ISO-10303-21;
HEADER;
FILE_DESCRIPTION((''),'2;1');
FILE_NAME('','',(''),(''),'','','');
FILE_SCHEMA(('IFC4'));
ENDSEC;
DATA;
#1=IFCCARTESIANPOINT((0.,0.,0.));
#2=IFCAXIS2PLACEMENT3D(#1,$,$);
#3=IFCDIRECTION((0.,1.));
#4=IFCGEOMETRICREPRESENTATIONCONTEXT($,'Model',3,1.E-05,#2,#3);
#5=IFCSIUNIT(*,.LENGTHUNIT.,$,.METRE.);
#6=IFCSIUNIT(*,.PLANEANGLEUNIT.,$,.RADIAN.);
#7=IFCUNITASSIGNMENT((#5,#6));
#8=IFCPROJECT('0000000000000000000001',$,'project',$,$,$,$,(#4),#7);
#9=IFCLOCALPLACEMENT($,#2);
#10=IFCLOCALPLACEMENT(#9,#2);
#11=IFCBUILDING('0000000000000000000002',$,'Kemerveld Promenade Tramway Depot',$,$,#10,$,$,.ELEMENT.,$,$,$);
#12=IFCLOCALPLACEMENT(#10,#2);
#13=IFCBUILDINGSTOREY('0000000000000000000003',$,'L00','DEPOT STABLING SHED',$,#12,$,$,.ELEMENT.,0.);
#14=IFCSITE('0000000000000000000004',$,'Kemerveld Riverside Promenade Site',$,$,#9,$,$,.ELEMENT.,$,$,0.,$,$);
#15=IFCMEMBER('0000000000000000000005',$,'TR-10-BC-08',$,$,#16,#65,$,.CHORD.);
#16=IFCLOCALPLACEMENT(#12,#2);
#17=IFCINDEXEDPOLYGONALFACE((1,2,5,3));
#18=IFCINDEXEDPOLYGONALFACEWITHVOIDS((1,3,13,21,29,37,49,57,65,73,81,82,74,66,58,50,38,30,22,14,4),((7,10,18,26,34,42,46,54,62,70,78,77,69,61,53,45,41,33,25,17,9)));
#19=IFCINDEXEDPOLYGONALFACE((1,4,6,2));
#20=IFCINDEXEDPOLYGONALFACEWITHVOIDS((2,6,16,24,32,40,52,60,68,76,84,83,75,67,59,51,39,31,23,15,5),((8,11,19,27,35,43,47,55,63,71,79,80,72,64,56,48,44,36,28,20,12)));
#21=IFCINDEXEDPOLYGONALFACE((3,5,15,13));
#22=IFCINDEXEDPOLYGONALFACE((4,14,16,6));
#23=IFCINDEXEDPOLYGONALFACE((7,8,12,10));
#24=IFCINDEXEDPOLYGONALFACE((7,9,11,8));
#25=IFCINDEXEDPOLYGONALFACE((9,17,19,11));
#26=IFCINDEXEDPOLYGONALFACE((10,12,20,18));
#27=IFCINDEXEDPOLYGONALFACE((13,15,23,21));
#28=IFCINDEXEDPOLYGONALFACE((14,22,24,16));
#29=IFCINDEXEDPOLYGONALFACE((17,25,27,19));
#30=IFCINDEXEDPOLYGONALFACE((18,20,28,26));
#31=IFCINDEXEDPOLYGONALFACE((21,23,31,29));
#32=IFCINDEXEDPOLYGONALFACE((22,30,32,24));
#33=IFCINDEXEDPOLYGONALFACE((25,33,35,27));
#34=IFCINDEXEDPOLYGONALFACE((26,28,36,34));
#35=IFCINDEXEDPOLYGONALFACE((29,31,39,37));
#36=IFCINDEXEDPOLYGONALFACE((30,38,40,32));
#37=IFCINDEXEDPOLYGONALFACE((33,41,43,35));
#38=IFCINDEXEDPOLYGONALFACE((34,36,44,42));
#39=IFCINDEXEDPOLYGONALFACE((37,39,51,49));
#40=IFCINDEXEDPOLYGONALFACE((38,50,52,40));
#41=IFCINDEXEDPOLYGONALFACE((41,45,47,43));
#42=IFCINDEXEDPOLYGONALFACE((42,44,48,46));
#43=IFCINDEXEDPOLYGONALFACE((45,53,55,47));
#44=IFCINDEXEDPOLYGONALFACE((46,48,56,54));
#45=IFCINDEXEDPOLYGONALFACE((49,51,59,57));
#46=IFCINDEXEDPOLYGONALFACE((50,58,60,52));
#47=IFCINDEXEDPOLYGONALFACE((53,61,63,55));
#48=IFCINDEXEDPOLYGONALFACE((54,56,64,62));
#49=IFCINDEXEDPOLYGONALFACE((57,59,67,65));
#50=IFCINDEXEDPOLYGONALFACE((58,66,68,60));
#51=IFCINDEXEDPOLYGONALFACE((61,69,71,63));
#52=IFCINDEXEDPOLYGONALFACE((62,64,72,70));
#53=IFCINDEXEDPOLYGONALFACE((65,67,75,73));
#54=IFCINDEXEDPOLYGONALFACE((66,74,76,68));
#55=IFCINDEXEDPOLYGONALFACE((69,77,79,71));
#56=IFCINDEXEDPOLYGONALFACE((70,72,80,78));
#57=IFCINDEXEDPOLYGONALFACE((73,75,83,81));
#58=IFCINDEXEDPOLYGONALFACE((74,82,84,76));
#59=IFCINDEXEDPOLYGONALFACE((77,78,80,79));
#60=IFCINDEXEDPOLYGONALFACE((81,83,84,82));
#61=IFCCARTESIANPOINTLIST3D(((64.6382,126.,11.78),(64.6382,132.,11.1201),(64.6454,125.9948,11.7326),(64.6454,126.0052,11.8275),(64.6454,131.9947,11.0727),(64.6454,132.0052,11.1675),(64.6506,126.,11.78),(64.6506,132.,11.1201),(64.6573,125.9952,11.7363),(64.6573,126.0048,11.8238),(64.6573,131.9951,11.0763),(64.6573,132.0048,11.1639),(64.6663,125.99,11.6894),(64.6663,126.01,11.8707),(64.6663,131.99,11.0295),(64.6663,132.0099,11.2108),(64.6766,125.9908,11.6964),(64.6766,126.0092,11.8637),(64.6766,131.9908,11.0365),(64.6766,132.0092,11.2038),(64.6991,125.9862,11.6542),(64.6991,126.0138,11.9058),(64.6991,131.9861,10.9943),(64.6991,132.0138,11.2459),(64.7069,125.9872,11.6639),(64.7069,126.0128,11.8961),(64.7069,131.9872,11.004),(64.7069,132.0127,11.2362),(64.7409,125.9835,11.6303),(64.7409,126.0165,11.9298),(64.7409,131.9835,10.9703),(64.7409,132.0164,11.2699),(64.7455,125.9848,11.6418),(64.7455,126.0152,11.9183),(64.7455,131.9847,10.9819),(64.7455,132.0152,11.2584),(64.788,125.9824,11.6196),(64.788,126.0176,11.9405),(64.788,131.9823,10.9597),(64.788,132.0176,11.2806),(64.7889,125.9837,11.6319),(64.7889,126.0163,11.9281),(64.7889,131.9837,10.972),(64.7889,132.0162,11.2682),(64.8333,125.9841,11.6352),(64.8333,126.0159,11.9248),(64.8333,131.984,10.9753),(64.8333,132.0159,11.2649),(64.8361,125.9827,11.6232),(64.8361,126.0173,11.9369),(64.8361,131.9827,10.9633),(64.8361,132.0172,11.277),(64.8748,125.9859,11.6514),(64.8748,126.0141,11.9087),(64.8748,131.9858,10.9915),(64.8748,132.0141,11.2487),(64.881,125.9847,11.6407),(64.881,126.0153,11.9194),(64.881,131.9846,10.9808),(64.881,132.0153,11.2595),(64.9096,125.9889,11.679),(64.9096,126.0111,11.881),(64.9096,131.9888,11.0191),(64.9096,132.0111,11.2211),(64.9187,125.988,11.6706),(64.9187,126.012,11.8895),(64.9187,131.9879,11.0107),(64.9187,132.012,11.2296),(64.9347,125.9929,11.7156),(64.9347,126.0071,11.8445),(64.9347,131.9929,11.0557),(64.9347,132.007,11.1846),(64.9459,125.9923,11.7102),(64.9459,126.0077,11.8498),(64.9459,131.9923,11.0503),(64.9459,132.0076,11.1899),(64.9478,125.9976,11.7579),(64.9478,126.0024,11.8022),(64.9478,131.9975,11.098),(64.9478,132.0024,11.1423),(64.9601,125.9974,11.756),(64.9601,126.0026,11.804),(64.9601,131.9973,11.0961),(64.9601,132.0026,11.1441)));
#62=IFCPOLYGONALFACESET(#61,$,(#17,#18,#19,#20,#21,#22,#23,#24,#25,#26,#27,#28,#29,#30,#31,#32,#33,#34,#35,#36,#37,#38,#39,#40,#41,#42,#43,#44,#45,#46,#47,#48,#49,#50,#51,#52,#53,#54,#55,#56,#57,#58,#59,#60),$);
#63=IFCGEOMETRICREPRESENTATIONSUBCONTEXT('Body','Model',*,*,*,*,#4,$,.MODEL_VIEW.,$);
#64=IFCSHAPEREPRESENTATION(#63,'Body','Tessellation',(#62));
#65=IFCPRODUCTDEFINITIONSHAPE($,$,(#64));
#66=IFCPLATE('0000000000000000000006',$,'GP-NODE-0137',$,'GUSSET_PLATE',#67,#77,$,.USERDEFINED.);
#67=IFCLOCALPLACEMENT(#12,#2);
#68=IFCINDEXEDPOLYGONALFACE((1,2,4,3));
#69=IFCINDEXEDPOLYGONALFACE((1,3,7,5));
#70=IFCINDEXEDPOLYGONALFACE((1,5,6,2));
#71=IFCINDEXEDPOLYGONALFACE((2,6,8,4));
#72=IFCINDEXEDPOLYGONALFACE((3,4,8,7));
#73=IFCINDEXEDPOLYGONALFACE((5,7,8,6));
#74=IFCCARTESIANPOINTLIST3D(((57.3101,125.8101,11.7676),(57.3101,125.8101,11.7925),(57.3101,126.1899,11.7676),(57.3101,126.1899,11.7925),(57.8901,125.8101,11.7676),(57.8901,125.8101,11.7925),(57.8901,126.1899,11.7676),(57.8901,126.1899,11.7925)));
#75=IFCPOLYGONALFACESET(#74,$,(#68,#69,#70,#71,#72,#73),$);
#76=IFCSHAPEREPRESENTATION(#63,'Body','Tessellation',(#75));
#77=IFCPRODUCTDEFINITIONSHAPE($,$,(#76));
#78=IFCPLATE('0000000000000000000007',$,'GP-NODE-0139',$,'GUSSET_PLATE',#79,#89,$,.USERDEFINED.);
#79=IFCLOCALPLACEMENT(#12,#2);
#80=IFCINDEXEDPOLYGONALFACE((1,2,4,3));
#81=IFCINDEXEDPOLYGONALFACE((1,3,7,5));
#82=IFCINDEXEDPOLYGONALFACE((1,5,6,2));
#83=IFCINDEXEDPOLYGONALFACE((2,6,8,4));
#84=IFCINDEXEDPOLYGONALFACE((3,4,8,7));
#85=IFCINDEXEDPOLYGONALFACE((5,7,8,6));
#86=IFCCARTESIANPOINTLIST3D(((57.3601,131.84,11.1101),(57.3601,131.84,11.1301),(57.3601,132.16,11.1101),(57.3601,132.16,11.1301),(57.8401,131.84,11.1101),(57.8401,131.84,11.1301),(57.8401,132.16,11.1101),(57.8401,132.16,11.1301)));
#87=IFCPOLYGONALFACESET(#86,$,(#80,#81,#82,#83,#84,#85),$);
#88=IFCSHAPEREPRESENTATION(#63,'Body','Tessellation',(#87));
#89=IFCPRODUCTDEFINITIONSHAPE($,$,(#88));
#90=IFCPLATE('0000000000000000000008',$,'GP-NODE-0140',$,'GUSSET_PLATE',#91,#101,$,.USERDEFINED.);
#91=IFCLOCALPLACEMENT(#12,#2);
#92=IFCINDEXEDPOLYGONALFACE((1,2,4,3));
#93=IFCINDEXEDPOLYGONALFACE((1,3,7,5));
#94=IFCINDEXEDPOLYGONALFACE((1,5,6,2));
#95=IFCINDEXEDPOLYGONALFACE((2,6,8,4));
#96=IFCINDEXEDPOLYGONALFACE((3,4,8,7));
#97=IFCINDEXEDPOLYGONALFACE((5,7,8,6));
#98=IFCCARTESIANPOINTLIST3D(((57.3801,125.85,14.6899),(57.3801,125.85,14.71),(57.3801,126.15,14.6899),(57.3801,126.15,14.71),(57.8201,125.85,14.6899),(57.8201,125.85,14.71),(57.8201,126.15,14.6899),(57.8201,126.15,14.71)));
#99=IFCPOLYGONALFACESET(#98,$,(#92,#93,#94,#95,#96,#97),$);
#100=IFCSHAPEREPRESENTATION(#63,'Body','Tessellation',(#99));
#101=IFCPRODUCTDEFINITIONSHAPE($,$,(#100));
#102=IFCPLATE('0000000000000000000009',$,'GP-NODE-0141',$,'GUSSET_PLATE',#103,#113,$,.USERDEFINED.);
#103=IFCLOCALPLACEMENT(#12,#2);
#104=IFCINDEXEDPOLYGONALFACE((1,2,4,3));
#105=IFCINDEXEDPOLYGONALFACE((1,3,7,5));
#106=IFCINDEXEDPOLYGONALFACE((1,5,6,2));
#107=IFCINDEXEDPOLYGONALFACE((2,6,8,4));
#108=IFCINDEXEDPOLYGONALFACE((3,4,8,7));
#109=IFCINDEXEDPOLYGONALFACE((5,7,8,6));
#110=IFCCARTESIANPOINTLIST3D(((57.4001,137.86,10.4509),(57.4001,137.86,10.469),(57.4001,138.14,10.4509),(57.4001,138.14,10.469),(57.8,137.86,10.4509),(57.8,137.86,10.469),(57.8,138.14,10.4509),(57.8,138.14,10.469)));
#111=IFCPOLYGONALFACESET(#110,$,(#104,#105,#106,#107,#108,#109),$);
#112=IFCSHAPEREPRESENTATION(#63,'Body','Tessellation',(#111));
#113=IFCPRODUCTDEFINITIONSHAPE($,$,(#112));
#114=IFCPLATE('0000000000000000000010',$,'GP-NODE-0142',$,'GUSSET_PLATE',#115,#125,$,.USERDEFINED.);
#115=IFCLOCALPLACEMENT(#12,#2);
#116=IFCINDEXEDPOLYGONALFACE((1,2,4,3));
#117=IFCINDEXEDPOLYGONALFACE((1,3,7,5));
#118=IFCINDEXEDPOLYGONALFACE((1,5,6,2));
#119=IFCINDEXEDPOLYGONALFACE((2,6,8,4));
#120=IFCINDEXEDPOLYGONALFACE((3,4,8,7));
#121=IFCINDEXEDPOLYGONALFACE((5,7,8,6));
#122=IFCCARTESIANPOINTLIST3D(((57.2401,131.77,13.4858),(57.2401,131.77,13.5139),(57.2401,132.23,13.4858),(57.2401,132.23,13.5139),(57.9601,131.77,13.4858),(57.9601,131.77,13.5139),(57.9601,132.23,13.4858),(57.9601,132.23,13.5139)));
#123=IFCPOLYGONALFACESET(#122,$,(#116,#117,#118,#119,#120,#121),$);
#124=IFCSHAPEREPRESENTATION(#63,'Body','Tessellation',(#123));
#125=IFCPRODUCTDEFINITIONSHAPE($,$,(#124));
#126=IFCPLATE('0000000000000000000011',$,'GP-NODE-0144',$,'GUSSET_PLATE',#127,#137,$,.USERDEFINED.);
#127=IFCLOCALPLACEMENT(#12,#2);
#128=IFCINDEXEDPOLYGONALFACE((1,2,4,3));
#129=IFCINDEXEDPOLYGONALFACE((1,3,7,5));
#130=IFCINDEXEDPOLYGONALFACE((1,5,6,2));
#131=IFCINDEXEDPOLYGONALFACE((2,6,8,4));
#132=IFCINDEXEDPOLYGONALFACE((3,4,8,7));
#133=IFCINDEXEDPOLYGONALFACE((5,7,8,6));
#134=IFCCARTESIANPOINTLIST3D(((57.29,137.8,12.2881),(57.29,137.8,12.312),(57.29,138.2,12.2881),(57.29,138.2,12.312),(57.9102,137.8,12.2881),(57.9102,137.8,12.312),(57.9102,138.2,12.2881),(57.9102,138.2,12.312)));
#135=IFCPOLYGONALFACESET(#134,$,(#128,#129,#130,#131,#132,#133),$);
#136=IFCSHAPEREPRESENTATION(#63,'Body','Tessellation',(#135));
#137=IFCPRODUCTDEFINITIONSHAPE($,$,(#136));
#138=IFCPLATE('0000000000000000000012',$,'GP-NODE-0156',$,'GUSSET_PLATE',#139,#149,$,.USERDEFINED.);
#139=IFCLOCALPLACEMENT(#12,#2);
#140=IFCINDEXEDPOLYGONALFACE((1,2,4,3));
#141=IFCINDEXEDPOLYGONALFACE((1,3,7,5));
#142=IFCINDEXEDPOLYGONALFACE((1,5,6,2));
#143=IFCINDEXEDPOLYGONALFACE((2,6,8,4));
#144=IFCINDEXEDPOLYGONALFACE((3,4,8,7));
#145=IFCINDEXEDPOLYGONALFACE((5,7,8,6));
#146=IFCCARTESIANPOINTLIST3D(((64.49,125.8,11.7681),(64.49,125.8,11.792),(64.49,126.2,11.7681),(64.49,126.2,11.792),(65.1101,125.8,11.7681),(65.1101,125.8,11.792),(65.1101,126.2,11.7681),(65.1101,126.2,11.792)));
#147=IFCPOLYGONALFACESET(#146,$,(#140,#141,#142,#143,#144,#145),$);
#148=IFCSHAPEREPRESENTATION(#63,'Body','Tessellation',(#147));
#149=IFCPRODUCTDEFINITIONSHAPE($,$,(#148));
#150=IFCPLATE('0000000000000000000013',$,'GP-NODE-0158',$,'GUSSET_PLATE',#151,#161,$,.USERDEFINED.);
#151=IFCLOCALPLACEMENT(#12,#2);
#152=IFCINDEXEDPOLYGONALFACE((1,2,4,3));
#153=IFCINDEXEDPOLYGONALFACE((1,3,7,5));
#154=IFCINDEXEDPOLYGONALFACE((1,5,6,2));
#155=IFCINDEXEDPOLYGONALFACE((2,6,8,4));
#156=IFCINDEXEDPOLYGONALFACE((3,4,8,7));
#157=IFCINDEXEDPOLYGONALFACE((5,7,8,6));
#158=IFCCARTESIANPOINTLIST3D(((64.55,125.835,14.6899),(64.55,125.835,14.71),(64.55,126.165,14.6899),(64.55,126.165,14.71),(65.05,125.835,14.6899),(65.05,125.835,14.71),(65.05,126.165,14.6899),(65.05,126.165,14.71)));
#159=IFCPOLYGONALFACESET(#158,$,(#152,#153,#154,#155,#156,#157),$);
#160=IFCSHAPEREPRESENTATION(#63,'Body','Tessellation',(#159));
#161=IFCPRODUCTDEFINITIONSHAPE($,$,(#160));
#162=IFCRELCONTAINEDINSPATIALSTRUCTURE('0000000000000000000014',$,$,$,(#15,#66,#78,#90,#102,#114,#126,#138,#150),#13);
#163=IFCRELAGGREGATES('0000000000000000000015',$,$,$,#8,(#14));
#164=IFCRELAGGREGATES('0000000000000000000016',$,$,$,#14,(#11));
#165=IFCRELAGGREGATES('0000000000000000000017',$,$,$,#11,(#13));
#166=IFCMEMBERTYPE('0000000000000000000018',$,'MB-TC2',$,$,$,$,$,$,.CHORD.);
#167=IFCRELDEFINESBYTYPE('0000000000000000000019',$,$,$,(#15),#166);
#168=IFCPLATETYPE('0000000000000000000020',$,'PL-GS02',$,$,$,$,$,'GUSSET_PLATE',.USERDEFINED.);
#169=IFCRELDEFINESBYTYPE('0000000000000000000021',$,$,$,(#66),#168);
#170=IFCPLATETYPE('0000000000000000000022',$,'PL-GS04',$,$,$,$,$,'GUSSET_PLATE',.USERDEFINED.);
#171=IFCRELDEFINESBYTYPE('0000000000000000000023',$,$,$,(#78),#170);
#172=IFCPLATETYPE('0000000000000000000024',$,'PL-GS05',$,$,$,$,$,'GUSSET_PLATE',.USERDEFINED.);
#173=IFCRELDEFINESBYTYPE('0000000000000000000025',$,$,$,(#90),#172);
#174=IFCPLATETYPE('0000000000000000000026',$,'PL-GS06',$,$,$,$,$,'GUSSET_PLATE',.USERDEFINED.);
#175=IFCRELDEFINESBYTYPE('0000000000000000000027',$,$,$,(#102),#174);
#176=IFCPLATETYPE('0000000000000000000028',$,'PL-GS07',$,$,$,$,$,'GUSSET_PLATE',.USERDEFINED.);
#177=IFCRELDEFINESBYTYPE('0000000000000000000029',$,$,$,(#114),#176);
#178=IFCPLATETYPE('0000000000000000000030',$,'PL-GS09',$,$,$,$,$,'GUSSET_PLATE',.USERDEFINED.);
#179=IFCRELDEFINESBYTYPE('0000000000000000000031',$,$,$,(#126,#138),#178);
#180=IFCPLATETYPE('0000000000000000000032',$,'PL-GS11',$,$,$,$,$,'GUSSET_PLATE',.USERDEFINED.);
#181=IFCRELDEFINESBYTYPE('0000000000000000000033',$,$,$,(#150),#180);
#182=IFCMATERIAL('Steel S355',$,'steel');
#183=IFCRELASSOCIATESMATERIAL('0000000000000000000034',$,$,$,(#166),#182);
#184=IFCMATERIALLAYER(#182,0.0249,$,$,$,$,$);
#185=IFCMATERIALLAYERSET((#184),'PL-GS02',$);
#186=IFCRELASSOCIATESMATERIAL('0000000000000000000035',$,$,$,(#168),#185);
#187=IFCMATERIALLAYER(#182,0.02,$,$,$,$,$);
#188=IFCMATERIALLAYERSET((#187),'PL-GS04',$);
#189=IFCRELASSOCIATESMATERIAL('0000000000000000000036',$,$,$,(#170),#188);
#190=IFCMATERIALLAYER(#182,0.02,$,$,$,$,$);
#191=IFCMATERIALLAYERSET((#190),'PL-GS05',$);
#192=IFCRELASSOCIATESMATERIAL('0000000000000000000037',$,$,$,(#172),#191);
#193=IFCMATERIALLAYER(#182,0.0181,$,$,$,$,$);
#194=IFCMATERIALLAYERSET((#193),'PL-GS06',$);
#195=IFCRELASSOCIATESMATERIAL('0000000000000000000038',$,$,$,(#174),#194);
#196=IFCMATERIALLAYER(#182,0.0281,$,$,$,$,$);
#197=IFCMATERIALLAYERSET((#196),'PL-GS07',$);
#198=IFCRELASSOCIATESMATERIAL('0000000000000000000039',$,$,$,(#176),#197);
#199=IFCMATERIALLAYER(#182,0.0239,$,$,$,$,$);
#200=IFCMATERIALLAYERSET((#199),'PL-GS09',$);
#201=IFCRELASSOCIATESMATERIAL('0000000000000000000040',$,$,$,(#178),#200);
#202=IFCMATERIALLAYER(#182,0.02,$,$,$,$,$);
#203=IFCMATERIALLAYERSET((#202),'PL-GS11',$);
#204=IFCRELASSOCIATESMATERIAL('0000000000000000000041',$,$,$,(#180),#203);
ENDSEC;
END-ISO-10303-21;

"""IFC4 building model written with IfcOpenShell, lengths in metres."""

from ifc_helpers import new_model, si_unit, direction, frame, origin, origin_2d, place, context, subcontext, project, spatial, rectangle, hollow_circle, extrude, material, layer, layer_set, material_profile, profile_set, type_object, element, save


model = new_model("IFC4")

# Units and contexts
model_context = context("Model", 3, precision=1e-05, world=origin(), true_north=direction((0.0, 1.0)))
body_context = subcontext(model_context, "Body", "Model", "MODEL_VIEW")
ifc_project = project(units=[si_unit("LENGTHUNIT", "METRE"), si_unit("PLANEANGLEUNIT", "RADIAN")], contexts=[model_context])

# Site, building, storey
site_placement = place(None, origin())
site = spatial("IfcSite", under=ifc_project, at=site_placement, Name="Kemerveld Riverside Promenade Site", CompositionType="ELEMENT", RefElevation=0.0)
building_placement = place(site_placement, origin())
building = spatial("IfcBuilding", under=site, at=building_placement, Name="Kemerveld Promenade Tramway Depot", CompositionType="ELEMENT")
storey_placement = place(building_placement, origin())
storey = spatial("IfcBuildingStorey", under=building, at=storey_placement, Name="L00", Description="DEPOT STABLING SHED", CompositionType="ELEMENT", Elevation=0.0)

# Member
ifc_material_1 = material(Name="Steel S355", Category="steel")
ifc_material_profile_1 = material_profile(ifc_material_1, hollow_circle(Radius=0.1619, WallThickness=0.0125, at=origin_2d()), Name="323.9x12.5 CHS")
ifc_profile_set_1 = profile_set([ifc_material_profile_1], Name="Steel S355")
member_type_1 = type_object("IfcMemberType", Name="MB-TC2", PredefinedType="CHORD", material=ifc_profile_set_1)
member_1_placement = place(storey_placement, frame((64.8, 126.0, 11.78), z_axis=(0.0, 0.994006, -0.109326), x_axis=(-1.0, 0.0, 0.0)))
element("IfcMember", 1, at=member_1_placement, inside=storey, type_object=member_type_1, Name="TR-10-BC-08", PredefinedType="CHORD", context=body_context, shape_type="SweptSolid", body=[
    extrude(hollow_circle(Radius=0.1619, WallThickness=0.0125, at=origin_2d()), origin(), (0.0, 0.0, 1.0), 6.0361),
])

# Plates
ifc_layer_1 = layer(ifc_material_1, 0.0249)
ifc_layer_set_1 = layer_set([ifc_layer_1], Name="PL-GS02")
plate_type_1 = type_object("IfcPlateType", Name="PL-GS02", ElementType="GUSSET_PLATE", PredefinedType="USERDEFINED", material=ifc_layer_set_1)
plate_1_placement = place(storey_placement, frame((57.6001, 126.0, 11.7676), z_axis=(0.0, 0.0, 1.0), x_axis=(1.0, 0.0, 0.0)))
element("IfcPlate", 2, at=plate_1_placement, inside=storey, type_object=plate_type_1, Name="GP-NODE-0137", ObjectType="GUSSET_PLATE", PredefinedType="USERDEFINED", context=body_context, shape_type="SweptSolid", body=[
    extrude(rectangle(XDim=0.5801, YDim=0.3799, at=origin_2d()), origin(), (0.0, 0.0, 1.0), 0.0249),
])
ifc_layer_2 = layer(ifc_material_1, 0.02)
ifc_layer_set_2 = layer_set([ifc_layer_2], Name="PL-GS04")
plate_type_2 = type_object("IfcPlateType", Name="PL-GS04", ElementType="GUSSET_PLATE", PredefinedType="USERDEFINED", material=ifc_layer_set_2)
plate_2_placement = place(storey_placement, frame((57.6001, 132.0, 11.1101), z_axis=(0.0, 0.0, 1.0), x_axis=(1.0, 0.0, 0.0)))
element("IfcPlate", 3, at=plate_2_placement, inside=storey, type_object=plate_type_2, Name="GP-NODE-0139", ObjectType="GUSSET_PLATE", PredefinedType="USERDEFINED", context=body_context, shape_type="SweptSolid", body=[
    extrude(rectangle(XDim=0.48, YDim=0.3201, at=origin_2d()), origin(), (0.0, 0.0, 1.0), 0.02),
])
ifc_layer_3 = layer(ifc_material_1, 0.02)
ifc_layer_set_3 = layer_set([ifc_layer_3], Name="PL-GS05")
plate_type_3 = type_object("IfcPlateType", Name="PL-GS05", ElementType="GUSSET_PLATE", PredefinedType="USERDEFINED", material=ifc_layer_set_3)
plate_3_placement = place(storey_placement, frame((57.6001, 126.0, 14.6899), z_axis=(0.0, 0.0, 1.0), x_axis=(1.0, 0.0, 0.0)))
element("IfcPlate", 4, at=plate_3_placement, inside=storey, type_object=plate_type_3, Name="GP-NODE-0140", ObjectType="GUSSET_PLATE", PredefinedType="USERDEFINED", context=body_context, shape_type="SweptSolid", body=[
    extrude(rectangle(XDim=0.4399, YDim=0.3, at=origin_2d()), origin(), (0.0, 0.0, 1.0), 0.02),
])
ifc_layer_4 = layer(ifc_material_1, 0.0181)
ifc_layer_set_4 = layer_set([ifc_layer_4], Name="PL-GS06")
plate_type_4 = type_object("IfcPlateType", Name="PL-GS06", ElementType="GUSSET_PLATE", PredefinedType="USERDEFINED", material=ifc_layer_set_4)
plate_4_placement = place(storey_placement, frame((57.6001, 138.0, 10.4509), z_axis=(0.0, 0.0, 1.0), x_axis=(1.0, 0.0, 0.0)))
element("IfcPlate", 5, at=plate_4_placement, inside=storey, type_object=plate_type_4, Name="GP-NODE-0141", ObjectType="GUSSET_PLATE", PredefinedType="USERDEFINED", context=body_context, shape_type="SweptSolid", body=[
    extrude(rectangle(XDim=0.3999, YDim=0.28, at=origin_2d()), origin(), (0.0, 0.0, 1.0), 0.0181),
])
ifc_layer_5 = layer(ifc_material_1, 0.0281)
ifc_layer_set_5 = layer_set([ifc_layer_5], Name="PL-GS07")
plate_type_5 = type_object("IfcPlateType", Name="PL-GS07", ElementType="GUSSET_PLATE", PredefinedType="USERDEFINED", material=ifc_layer_set_5)
plate_5_placement = place(storey_placement, frame((57.6001, 132.0, 13.4858), z_axis=(0.0, 0.0, 1.0), x_axis=(1.0, 0.0, 0.0)))
element("IfcPlate", 6, at=plate_5_placement, inside=storey, type_object=plate_type_5, Name="GP-NODE-0142", ObjectType="GUSSET_PLATE", PredefinedType="USERDEFINED", context=body_context, shape_type="SweptSolid", body=[
    extrude(rectangle(XDim=0.72, YDim=0.46, at=origin_2d()), origin(), (0.0, 0.0, 1.0), 0.0281),
])
ifc_layer_6 = layer(ifc_material_1, 0.0239)
ifc_layer_set_6 = layer_set([ifc_layer_6], Name="PL-GS09")
plate_type_6 = type_object("IfcPlateType", Name="PL-GS09", ElementType="GUSSET_PLATE", PredefinedType="USERDEFINED", material=ifc_layer_set_6)
for number, where, z_axis, x_axis, name in (
    (7, (57.6001, 138.0, 12.2881), (0.0, 0.0, 1.0), (1.0, 0.0, 0.0), "GP-NODE-0144"),
    (8, (64.8, 126.0, 11.7681), (0.0, 0.0, 1.0), (1.0, 0.0, 0.0), "GP-NODE-0156"),
):
    element("IfcPlate", number, at=place(storey_placement, frame(where, z_axis=z_axis, x_axis=x_axis)), inside=storey, type_object=plate_type_6, Name=name, ObjectType="GUSSET_PLATE", PredefinedType="USERDEFINED", context=body_context, shape_type="SweptSolid", body=[
        extrude(rectangle(XDim=0.6201, YDim=0.3999, at=origin_2d()), origin(), (0.0, 0.0, 1.0), 0.0239),
    ])
ifc_layer_7 = layer(ifc_material_1, 0.02)
ifc_layer_set_7 = layer_set([ifc_layer_7], Name="PL-GS11")
plate_type_7 = type_object("IfcPlateType", Name="PL-GS11", ElementType="GUSSET_PLATE", PredefinedType="USERDEFINED", material=ifc_layer_set_7)
plate_6_placement = place(storey_placement, frame((64.8, 126.0, 14.6899), z_axis=(0.0, 0.0, 1.0), x_axis=(1.0, 0.0, 0.0)))
element("IfcPlate", 9, at=plate_6_placement, inside=storey, type_object=plate_type_7, Name="GP-NODE-0158", ObjectType="GUSSET_PLATE", PredefinedType="USERDEFINED", context=body_context, shape_type="SweptSolid", body=[
    extrude(rectangle(XDim=0.5, YDim=0.3301, at=origin_2d()), origin(), (0.0, 0.0, 1.0), 0.02),
])

save(model, "model.ifc")
